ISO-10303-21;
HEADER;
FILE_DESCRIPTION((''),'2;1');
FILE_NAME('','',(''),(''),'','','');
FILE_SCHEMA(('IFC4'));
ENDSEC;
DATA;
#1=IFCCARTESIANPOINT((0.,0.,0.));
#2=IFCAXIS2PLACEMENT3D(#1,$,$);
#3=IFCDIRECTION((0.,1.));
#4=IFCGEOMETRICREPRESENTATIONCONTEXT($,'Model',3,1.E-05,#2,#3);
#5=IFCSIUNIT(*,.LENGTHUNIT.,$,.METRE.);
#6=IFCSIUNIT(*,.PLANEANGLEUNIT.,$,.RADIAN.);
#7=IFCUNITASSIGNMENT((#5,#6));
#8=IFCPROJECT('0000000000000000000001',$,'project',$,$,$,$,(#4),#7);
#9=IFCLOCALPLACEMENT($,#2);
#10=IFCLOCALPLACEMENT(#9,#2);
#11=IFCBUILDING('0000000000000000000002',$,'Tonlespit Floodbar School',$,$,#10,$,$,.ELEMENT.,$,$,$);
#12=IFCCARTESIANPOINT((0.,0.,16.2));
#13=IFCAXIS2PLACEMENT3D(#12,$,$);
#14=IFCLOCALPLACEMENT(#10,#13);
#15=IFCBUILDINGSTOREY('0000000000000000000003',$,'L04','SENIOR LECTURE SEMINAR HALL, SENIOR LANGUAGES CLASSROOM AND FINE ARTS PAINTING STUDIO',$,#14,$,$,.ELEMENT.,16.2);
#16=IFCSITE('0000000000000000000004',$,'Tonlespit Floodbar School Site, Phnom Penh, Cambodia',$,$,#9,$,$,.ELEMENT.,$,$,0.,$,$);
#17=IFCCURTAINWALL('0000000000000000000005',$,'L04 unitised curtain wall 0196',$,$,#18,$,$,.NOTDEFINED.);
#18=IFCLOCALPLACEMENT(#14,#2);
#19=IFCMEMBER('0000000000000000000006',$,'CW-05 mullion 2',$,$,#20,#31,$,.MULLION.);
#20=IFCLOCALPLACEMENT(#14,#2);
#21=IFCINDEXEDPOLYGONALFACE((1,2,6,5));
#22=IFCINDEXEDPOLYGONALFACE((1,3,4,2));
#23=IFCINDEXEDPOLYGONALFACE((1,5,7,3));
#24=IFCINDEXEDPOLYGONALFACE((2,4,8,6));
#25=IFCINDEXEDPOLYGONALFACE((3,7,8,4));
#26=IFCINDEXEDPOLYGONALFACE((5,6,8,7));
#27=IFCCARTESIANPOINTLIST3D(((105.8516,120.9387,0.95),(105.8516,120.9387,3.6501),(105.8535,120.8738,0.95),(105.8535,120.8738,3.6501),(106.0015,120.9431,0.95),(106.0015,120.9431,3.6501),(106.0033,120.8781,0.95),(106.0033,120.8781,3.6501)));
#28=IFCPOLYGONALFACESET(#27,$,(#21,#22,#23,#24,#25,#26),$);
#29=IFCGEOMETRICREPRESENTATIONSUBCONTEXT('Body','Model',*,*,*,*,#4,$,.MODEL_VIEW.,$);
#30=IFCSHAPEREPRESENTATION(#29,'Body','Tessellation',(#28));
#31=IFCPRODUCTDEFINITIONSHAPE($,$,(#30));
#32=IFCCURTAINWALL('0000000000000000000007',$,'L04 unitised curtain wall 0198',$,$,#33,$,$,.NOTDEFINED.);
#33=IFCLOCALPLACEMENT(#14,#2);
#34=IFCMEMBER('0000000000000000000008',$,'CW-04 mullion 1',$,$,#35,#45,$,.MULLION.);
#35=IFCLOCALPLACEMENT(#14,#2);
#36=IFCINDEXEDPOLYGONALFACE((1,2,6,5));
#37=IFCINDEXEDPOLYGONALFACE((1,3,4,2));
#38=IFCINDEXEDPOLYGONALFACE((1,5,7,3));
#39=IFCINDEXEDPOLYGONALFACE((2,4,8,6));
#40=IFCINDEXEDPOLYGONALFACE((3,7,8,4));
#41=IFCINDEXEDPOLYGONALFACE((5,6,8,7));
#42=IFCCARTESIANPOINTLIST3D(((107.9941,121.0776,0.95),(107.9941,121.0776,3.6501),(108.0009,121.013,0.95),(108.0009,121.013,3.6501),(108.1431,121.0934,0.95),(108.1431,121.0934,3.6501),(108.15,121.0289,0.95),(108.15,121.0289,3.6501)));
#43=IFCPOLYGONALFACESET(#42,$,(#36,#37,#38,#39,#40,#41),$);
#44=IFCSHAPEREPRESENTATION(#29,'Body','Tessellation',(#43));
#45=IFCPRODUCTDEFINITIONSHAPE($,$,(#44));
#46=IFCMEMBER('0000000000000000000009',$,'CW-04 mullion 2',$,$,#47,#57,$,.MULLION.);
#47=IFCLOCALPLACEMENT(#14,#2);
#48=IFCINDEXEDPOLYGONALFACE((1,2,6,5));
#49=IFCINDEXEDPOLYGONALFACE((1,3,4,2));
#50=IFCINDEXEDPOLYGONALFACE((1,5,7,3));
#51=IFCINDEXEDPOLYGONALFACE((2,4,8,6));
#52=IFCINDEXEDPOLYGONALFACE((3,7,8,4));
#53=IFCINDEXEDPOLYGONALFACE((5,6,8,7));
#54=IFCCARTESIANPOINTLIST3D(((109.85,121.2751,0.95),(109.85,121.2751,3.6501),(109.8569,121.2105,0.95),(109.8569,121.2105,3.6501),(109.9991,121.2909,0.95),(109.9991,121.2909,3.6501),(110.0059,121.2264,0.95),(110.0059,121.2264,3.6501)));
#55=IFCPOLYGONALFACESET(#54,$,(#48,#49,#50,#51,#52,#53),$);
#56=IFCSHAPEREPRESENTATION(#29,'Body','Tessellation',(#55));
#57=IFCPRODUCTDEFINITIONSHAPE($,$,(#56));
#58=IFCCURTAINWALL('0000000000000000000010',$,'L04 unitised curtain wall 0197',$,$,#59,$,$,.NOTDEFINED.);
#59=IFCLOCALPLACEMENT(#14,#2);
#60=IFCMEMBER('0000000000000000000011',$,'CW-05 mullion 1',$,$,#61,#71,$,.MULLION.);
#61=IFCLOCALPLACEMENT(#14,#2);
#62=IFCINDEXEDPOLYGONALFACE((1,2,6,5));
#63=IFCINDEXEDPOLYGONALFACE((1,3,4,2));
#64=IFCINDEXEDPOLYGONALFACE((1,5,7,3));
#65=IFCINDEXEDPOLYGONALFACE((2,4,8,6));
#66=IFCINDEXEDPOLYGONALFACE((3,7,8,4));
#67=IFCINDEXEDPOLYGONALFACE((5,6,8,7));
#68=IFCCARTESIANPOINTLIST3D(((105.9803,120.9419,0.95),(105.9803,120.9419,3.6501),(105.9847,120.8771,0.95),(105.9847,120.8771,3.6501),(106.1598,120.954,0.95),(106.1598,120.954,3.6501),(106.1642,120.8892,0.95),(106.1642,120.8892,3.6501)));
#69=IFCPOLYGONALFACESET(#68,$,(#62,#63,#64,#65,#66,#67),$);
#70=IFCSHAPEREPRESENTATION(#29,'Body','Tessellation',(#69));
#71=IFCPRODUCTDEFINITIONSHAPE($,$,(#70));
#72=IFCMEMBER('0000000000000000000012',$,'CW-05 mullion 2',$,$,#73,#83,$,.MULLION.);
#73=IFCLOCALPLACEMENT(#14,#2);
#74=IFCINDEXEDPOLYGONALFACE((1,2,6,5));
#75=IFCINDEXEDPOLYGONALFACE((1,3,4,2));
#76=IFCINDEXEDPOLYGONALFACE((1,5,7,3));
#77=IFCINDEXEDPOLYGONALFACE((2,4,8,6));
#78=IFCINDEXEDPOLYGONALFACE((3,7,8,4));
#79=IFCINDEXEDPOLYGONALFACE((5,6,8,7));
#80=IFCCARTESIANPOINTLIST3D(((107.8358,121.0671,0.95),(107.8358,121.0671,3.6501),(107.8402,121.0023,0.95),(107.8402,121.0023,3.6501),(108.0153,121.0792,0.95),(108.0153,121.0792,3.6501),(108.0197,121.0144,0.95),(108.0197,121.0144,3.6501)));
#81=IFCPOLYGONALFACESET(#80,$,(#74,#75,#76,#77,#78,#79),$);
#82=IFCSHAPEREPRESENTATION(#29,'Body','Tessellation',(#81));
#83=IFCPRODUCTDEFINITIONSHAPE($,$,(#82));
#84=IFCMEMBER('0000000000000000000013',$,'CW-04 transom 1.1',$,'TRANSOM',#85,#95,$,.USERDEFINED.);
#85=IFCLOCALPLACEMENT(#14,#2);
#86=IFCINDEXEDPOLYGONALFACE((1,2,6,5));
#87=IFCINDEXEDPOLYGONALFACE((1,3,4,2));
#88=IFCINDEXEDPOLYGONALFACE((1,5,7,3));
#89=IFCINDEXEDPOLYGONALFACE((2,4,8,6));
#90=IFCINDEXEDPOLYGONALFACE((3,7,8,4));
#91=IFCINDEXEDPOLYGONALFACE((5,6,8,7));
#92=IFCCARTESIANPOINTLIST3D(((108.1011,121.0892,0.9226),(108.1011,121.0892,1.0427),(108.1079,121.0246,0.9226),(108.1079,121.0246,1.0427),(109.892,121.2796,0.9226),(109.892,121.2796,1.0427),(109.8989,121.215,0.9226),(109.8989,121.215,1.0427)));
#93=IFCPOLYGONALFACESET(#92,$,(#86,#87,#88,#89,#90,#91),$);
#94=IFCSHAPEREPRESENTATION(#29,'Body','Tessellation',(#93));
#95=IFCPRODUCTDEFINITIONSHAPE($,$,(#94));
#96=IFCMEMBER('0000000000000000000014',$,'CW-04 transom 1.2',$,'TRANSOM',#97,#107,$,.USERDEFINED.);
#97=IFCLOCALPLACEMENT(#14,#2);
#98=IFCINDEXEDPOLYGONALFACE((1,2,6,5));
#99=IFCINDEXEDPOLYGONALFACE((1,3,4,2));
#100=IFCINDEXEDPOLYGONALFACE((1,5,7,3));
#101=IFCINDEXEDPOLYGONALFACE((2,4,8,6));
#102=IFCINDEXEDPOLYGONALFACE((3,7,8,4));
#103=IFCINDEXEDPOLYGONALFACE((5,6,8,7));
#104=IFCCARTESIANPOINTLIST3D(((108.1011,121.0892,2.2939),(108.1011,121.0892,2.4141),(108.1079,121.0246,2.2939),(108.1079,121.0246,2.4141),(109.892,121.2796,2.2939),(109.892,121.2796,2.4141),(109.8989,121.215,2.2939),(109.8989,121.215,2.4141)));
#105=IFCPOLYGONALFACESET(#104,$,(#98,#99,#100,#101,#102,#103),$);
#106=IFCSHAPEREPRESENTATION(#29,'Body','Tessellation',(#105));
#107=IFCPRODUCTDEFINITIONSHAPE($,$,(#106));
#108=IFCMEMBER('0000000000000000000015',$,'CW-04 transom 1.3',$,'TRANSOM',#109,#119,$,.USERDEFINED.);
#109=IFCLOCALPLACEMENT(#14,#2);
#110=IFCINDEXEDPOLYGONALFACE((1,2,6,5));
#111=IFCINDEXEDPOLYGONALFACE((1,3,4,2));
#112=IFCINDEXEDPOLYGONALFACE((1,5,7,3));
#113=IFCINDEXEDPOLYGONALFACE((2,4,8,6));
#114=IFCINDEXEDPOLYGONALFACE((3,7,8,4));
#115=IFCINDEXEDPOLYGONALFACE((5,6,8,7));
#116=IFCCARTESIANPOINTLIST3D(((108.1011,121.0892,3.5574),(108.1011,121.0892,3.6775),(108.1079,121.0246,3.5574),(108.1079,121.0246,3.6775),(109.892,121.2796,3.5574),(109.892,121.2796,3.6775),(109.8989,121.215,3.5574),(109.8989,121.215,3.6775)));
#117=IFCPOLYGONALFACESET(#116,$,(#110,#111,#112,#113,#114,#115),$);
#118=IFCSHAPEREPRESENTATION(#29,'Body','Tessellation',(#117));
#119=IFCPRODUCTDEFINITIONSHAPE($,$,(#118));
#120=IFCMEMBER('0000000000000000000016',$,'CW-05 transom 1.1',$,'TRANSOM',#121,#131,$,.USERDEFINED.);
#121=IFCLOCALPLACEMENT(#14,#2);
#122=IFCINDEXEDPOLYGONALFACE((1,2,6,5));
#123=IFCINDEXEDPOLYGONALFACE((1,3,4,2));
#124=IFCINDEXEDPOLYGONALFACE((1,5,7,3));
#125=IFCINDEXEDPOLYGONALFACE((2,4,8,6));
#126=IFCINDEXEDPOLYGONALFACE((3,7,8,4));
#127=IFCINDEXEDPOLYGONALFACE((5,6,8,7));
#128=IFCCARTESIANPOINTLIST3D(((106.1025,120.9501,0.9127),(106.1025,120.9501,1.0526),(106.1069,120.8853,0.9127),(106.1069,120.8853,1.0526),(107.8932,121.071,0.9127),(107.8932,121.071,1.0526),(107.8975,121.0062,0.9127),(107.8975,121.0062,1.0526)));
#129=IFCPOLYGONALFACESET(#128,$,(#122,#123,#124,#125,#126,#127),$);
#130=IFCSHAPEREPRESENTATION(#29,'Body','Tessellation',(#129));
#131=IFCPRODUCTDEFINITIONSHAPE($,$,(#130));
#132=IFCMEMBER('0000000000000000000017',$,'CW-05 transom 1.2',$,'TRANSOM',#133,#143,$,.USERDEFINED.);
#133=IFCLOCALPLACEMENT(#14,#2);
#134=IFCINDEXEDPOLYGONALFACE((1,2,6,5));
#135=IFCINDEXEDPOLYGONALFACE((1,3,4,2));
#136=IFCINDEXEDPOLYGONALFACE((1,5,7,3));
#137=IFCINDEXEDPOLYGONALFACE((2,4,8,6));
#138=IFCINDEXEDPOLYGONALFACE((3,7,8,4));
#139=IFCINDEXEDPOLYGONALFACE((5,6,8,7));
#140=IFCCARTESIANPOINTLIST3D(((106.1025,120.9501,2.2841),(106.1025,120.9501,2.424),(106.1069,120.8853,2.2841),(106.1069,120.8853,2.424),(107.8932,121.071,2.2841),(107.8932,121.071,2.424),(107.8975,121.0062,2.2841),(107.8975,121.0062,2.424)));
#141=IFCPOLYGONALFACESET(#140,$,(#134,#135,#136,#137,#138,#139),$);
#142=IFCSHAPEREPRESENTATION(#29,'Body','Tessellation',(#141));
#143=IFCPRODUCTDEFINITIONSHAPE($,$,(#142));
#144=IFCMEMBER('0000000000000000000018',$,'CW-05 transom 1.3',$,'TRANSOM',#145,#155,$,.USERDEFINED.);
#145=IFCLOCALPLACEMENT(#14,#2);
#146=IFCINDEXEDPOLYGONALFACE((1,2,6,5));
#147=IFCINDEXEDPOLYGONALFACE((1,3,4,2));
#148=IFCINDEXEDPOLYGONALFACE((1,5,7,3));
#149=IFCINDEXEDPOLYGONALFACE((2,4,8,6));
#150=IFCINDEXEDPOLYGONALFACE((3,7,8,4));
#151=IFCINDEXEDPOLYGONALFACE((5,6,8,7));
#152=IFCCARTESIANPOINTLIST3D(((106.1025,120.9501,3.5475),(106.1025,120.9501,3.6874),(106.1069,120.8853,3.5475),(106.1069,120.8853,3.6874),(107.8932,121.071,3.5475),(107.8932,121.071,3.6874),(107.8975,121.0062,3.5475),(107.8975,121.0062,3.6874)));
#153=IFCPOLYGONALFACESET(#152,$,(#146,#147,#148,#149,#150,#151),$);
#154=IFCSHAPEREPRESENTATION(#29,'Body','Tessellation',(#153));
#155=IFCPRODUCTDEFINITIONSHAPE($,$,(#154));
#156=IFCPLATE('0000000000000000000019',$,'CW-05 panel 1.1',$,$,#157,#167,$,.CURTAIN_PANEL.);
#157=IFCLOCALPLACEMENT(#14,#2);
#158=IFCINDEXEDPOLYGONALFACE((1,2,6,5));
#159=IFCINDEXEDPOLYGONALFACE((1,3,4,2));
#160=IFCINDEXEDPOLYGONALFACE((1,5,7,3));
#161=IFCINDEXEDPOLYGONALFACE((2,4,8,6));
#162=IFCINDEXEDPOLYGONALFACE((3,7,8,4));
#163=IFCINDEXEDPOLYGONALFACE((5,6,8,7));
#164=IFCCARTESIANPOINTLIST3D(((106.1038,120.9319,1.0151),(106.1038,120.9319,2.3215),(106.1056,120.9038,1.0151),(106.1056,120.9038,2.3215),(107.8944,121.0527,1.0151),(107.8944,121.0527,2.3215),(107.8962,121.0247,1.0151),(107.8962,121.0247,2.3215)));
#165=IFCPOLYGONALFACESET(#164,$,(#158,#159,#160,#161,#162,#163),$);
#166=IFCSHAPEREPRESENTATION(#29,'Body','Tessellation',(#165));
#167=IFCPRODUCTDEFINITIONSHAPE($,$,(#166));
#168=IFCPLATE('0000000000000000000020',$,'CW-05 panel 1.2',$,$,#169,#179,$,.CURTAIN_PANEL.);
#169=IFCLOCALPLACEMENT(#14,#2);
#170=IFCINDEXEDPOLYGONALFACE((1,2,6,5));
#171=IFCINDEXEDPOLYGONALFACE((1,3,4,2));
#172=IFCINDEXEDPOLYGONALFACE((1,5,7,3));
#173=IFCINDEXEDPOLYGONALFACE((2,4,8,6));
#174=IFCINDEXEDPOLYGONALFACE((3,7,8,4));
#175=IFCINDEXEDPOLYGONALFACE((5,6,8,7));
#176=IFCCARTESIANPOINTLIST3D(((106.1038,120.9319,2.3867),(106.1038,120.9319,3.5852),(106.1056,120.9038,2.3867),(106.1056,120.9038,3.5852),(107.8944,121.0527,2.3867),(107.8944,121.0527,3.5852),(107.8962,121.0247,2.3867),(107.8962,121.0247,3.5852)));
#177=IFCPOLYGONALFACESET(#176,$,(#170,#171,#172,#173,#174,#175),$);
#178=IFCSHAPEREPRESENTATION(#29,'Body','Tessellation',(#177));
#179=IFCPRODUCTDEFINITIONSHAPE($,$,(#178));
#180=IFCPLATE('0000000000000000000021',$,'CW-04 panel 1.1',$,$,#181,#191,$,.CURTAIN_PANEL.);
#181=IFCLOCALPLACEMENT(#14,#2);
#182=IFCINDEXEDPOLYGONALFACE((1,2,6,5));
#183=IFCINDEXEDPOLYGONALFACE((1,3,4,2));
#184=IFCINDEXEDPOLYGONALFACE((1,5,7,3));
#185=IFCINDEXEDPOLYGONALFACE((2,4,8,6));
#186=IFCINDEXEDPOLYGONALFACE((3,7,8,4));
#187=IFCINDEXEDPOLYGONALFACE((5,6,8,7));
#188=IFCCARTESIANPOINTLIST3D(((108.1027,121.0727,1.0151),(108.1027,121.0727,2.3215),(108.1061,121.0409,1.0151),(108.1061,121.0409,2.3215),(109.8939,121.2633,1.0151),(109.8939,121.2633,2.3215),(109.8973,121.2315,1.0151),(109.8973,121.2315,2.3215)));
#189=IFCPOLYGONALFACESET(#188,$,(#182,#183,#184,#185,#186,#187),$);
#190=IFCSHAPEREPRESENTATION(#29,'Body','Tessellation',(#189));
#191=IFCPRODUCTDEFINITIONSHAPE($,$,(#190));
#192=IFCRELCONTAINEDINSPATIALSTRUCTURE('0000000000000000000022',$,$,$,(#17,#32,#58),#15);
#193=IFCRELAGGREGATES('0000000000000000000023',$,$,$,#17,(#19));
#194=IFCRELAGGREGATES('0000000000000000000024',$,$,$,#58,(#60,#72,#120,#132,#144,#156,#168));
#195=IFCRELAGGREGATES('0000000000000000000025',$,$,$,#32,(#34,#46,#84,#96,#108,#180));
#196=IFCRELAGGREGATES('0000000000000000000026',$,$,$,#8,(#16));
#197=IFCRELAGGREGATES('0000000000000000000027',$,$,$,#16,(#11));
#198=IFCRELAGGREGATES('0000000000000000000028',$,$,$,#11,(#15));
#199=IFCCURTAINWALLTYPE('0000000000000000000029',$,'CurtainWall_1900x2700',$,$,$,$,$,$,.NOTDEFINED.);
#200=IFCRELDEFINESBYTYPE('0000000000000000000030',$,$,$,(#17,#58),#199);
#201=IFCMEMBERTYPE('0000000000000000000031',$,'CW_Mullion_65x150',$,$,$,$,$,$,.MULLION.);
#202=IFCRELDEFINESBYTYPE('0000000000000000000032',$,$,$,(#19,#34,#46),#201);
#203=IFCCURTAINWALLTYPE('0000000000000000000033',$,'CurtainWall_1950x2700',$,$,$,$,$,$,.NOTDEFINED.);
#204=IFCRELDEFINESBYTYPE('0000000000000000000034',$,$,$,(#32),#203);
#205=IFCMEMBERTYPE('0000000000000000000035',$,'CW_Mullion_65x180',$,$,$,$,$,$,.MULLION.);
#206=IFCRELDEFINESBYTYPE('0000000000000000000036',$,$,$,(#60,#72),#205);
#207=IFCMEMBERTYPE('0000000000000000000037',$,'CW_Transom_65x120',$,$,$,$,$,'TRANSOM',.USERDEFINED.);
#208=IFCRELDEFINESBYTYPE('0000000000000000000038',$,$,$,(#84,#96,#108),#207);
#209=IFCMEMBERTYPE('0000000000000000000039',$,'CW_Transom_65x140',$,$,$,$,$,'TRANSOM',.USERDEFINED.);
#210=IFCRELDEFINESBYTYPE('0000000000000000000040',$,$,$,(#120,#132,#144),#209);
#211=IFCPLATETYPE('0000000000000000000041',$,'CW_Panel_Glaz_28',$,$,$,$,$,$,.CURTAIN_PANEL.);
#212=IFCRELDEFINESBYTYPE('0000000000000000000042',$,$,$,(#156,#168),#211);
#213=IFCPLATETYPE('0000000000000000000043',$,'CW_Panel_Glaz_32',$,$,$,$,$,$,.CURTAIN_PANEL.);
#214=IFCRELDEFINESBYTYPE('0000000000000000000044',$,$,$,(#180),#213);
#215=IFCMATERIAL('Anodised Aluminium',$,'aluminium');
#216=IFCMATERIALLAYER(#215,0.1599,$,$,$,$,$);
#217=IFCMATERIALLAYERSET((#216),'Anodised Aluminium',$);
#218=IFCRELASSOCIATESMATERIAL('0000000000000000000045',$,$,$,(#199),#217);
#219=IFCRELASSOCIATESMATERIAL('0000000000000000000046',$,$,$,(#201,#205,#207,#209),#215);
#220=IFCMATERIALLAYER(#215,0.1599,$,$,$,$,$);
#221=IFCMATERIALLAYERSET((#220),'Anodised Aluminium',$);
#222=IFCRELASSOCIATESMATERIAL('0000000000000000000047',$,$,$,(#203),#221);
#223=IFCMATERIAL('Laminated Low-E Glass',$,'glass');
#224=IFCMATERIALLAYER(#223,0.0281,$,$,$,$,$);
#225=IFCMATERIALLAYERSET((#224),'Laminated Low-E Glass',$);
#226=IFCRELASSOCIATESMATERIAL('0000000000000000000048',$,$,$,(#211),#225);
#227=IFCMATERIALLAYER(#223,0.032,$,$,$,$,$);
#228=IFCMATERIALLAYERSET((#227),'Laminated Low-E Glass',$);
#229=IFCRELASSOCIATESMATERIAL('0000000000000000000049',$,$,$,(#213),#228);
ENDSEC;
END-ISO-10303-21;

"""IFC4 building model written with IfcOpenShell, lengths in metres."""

from ifc_helpers import new_model, si_unit, direction, frame, origin, origin_2d, place, context, subcontext, project, spatial, rectangle, extrude, material, layer, layer_set, material_profile, profile_set, type_object, element, aggregate, save


model = new_model("IFC4")

# Units and contexts
model_context = context("Model", 3, precision=1e-05, world=origin(), true_north=direction((0.0, 1.0)))
body_context = subcontext(model_context, "Body", "Model", "MODEL_VIEW")
ifc_project = project(units=[si_unit("LENGTHUNIT", "METRE"), si_unit("PLANEANGLEUNIT", "RADIAN")], contexts=[model_context])

# Site, building, storey
site_placement = place(None, origin())
site = spatial("IfcSite", under=ifc_project, at=site_placement, Name="Tonlespit Floodbar School Site, Phnom Penh, Cambodia", CompositionType="ELEMENT", RefElevation=0.0)
building_placement = place(site_placement, origin())
building = spatial("IfcBuilding", under=site, at=building_placement, Name="Tonlespit Floodbar School", CompositionType="ELEMENT")
storey_placement = place(building_placement, frame((0.0, 0.0, 16.2)))
storey = spatial("IfcBuildingStorey", under=building, at=storey_placement, Name="L04", Description="SENIOR LECTURE SEMINAR HALL, SENIOR LANGUAGES CLASSROOM AND FINE ARTS PAINTING STUDIO", CompositionType="ELEMENT", Elevation=16.2)

# Curtain wall, member
ifc_material_1 = material(Name="Anodised Aluminium", Category="aluminium")
ifc_layer_1 = layer(ifc_material_1, 0.1599)
ifc_layer_set_1 = layer_set([ifc_layer_1], Name="Anodised Aluminium")
curtain_wall_type_1 = type_object("IfcCurtainWallType", Name="CurtainWall_1900x2700", PredefinedType="NOTDEFINED", material=ifc_layer_set_1)
curtain_wall_1_placement = place(storey_placement, origin())
curtain_wall_1 = element("IfcCurtainWall", 1, at=curtain_wall_1_placement, inside=storey, type_object=curtain_wall_type_1, Name="L04 unitised curtain wall 0196", PredefinedType="NOTDEFINED")
ifc_material_profile_1 = material_profile(ifc_material_1, rectangle(XDim=0.0649, YDim=0.1499, at=origin_2d()), Name="ALU M65x150")
ifc_profile_set_1 = profile_set([ifc_material_profile_1], Name="Anodised Aluminium")
member_type_1 = type_object("IfcMemberType", Name="CW_Mullion_65x150", PredefinedType="MULLION", material=ifc_profile_set_1)
member_1_placement = place(storey_placement, frame((105.9275, 120.9084, 0.95), z_axis=(0.0, 0.0, 1.0), x_axis=(-0.02879, 0.999585, 0.0)))
member_1 = element("IfcMember", 2, at=member_1_placement, type_object=member_type_1, Name="CW-05 mullion 2", PredefinedType="MULLION", context=body_context, shape_type="SweptSolid", body=[
    extrude(rectangle(XDim=0.0649, YDim=0.1499, at=origin_2d()), origin(), (0.0, 0.0, 1.0), 2.7002),
])
aggregate(curtain_wall_1, [member_1])

# Curtain walls, members
ifc_layer_2 = layer(ifc_material_1, 0.1599)
ifc_layer_set_2 = layer_set([ifc_layer_2], Name="Anodised Aluminium")
curtain_wall_type_2 = type_object("IfcCurtainWallType", Name="CurtainWall_1950x2700", PredefinedType="NOTDEFINED", material=ifc_layer_set_2)
curtain_wall_2_placement = place(storey_placement, origin())
curtain_wall_2 = element("IfcCurtainWall", 3, at=curtain_wall_2_placement, inside=storey, type_object=curtain_wall_type_2, Name="L04 unitised curtain wall 0198", PredefinedType="NOTDEFINED")
member_2_placement = place(storey_placement, frame((108.072, 121.0532, 0.95), z_axis=(0.0, 0.0, 1.0), x_axis=(-0.105787, 0.994389, 0.0)))
member_2 = element("IfcMember", 4, at=member_2_placement, type_object=member_type_1, Name="CW-04 mullion 1", PredefinedType="MULLION", context=body_context, shape_type="SweptSolid", body=[
    extrude(rectangle(XDim=0.0649, YDim=0.1499, at=origin_2d()), origin(), (0.0, 0.0, 1.0), 2.7002),
])
member_3_placement = place(storey_placement, frame((109.928, 121.2507, 0.95), z_axis=(0.0, 0.0, 1.0), x_axis=(-0.105787, 0.994389, 0.0)))
member_3 = element("IfcMember", 5, at=member_3_placement, type_object=member_type_1, Name="CW-04 mullion 2", PredefinedType="MULLION", context=body_context, shape_type="SweptSolid", body=[
    extrude(rectangle(XDim=0.0649, YDim=0.1499, at=origin_2d()), origin(), (0.0, 0.0, 1.0), 2.7002),
])
curtain_wall_3_placement = place(storey_placement, origin())
curtain_wall_3 = element("IfcCurtainWall", 6, at=curtain_wall_3_placement, inside=storey, type_object=curtain_wall_type_1, Name="L04 unitised curtain wall 0197", PredefinedType="NOTDEFINED")
ifc_material_profile_2 = material_profile(ifc_material_1, rectangle(XDim=0.0649, YDim=0.1799, at=origin_2d()), Name="ALU M65x180")
ifc_profile_set_2 = profile_set([ifc_material_profile_2], Name="Anodised Aluminium")
member_type_2 = type_object("IfcMemberType", Name="CW_Mullion_65x180", PredefinedType="MULLION", material=ifc_profile_set_2)
member_4_placement = place(storey_placement, frame((106.0723, 120.9155, 0.95), z_axis=(0.0, 0.0, 1.0), x_axis=(-0.06734, 0.99773, 0.0)))
member_4 = element("IfcMember", 7, at=member_4_placement, type_object=member_type_2, Name="CW-05 mullion 1", PredefinedType="MULLION", context=body_context, shape_type="SweptSolid", body=[
    extrude(rectangle(XDim=0.0649, YDim=0.1799, at=origin_2d()), origin(), (0.0, 0.0, 1.0), 2.7002),
])
member_5_placement = place(storey_placement, frame((107.9277, 121.0408, 0.95), z_axis=(0.0, 0.0, 1.0), x_axis=(-0.06734, 0.99773, 0.0)))
member_5 = element("IfcMember", 8, at=member_5_placement, type_object=member_type_2, Name="CW-05 mullion 2", PredefinedType="MULLION", context=body_context, shape_type="SweptSolid", body=[
    extrude(rectangle(XDim=0.0649, YDim=0.1799, at=origin_2d()), origin(), (0.0, 0.0, 1.0), 2.7002),
])

# Members
ifc_material_profile_3 = material_profile(ifc_material_1, rectangle(XDim=0.0649, YDim=0.1201, at=origin_2d()), Name="ALU T65x120")
ifc_profile_set_3 = profile_set([ifc_material_profile_3], Name="Anodised Aluminium")
member_type_3 = type_object("IfcMemberType", Name="CW_Transom_65x120", ElementType="TRANSOM", PredefinedType="USERDEFINED", material=ifc_profile_set_3)
member_6_placement = place(storey_placement, frame((108.1045, 121.0569, 0.9827), z_axis=(0.994395, 0.105729, 0.0), x_axis=(-0.105729, 0.994395, 0.0)))
member_6 = element("IfcMember", 9, at=member_6_placement, type_object=member_type_3, Name="CW-04 transom 1.1", ObjectType="TRANSOM", PredefinedType="USERDEFINED", context=body_context, shape_type="SweptSolid", body=[
    extrude(rectangle(XDim=0.0649, YDim=0.1201, at=origin_2d()), origin(), (0.0, 0.0, 1.0), 1.801),
])
member_7_placement = place(storey_placement, frame((108.1045, 121.0569, 2.354), z_axis=(0.994395, 0.105729, 0.0), x_axis=(-0.105729, 0.994395, 0.0)))
member_7 = element("IfcMember", 10, at=member_7_placement, type_object=member_type_3, Name="CW-04 transom 1.2", ObjectType="TRANSOM", PredefinedType="USERDEFINED", context=body_context, shape_type="SweptSolid", body=[
    extrude(rectangle(XDim=0.0649, YDim=0.1201, at=origin_2d()), origin(), (0.0, 0.0, 1.0), 1.801),
])
member_8_placement = place(storey_placement, frame((108.1045, 121.0569, 3.6174), z_axis=(0.994395, 0.105729, 0.0), x_axis=(-0.105729, 0.994395, 0.0)))
member_8 = element("IfcMember", 11, at=member_8_placement, type_object=member_type_3, Name="CW-04 transom 1.3", ObjectType="TRANSOM", PredefinedType="USERDEFINED", context=body_context, shape_type="SweptSolid", body=[
    extrude(rectangle(XDim=0.0649, YDim=0.1201, at=origin_2d()), origin(), (0.0, 0.0, 1.0), 1.801),
])
ifc_material_profile_4 = material_profile(ifc_material_1, rectangle(XDim=0.0649, YDim=0.1399, at=origin_2d()), Name="ALU T65x140")
ifc_profile_set_4 = profile_set([ifc_material_profile_4], Name="Anodised Aluminium")
member_type_4 = type_object("IfcMemberType", Name="CW_Transom_65x140", ElementType="TRANSOM", PredefinedType="USERDEFINED", material=ifc_profile_set_4)
member_9_placement = place(storey_placement, frame((106.1047, 120.9177, 0.9827), z_axis=(0.99773, 0.067341, 0.0), x_axis=(-0.067341, 0.99773, 0.0)))
member_9 = element("IfcMember", 12, at=member_9_placement, type_object=member_type_4, Name="CW-05 transom 1.1", ObjectType="TRANSOM", PredefinedType="USERDEFINED", context=body_context, shape_type="SweptSolid", body=[
    extrude(rectangle(XDim=0.0649, YDim=0.1399, at=origin_2d()), origin(), (0.0, 0.0, 1.0), 1.7947),
])
member_10_placement = place(storey_placement, frame((106.1047, 120.9177, 2.354), z_axis=(0.99773, 0.067341, 0.0), x_axis=(-0.067341, 0.99773, 0.0)))
member_10 = element("IfcMember", 13, at=member_10_placement, type_object=member_type_4, Name="CW-05 transom 1.2", ObjectType="TRANSOM", PredefinedType="USERDEFINED", context=body_context, shape_type="SweptSolid", body=[
    extrude(rectangle(XDim=0.0649, YDim=0.1399, at=origin_2d()), origin(), (0.0, 0.0, 1.0), 1.7947),
])
member_11_placement = place(storey_placement, frame((106.1047, 120.9177, 3.6174), z_axis=(0.99773, 0.067341, 0.0), x_axis=(-0.067341, 0.99773, 0.0)))
member_11 = element("IfcMember", 14, at=member_11_placement, type_object=member_type_4, Name="CW-05 transom 1.3", ObjectType="TRANSOM", PredefinedType="USERDEFINED", context=body_context, shape_type="SweptSolid", body=[
    extrude(rectangle(XDim=0.0649, YDim=0.1399, at=origin_2d()), origin(), (0.0, 0.0, 1.0), 1.7947),
])

# Plates
ifc_material_2 = material(Name="Laminated Low-E Glass", Category="glass")
ifc_layer_3 = layer(ifc_material_2, 0.0281)
ifc_layer_set_3 = layer_set([ifc_layer_3], Name="Laminated Low-E Glass")
plate_type_1 = type_object("IfcPlateType", Name="CW_Panel_Glaz_28", PredefinedType="CURTAIN_PANEL", material=ifc_layer_set_3)
plate_1_placement = place(storey_placement, frame((107.0, 120.9783, 1.0151), z_axis=(0.0, 0.0, 1.0), x_axis=(0.99773, 0.06734, 0.0)))
plate_1 = element("IfcPlate", 15, at=plate_1_placement, type_object=plate_type_1, Name="CW-05 panel 1.1", PredefinedType="CURTAIN_PANEL", context=body_context, shape_type="SweptSolid", body=[
    extrude(rectangle(XDim=1.7947, YDim=0.0281, at=origin_2d()), origin(), (0.0, 0.0, 1.0), 1.3064),
])
plate_2_placement = place(storey_placement, frame((107.0, 120.9783, 2.3867), z_axis=(0.0, 0.0, 1.0), x_axis=(0.99773, 0.06734, 0.0)))
plate_2 = element("IfcPlate", 16, at=plate_2_placement, type_object=plate_type_1, Name="CW-05 panel 1.2", PredefinedType="CURTAIN_PANEL", context=body_context, shape_type="SweptSolid", body=[
    extrude(rectangle(XDim=1.7947, YDim=0.0281, at=origin_2d()), origin(), (0.0, 0.0, 1.0), 1.1985),
])
aggregate(curtain_wall_3, [member_4, member_5, member_9, member_10, member_11, plate_1, plate_2])
ifc_layer_4 = layer(ifc_material_2, 0.032)
ifc_layer_set_4 = layer_set([ifc_layer_4], Name="Laminated Low-E Glass")
plate_type_2 = type_object("IfcPlateType", Name="CW_Panel_Glaz_32", PredefinedType="CURTAIN_PANEL", material=ifc_layer_set_4)
plate_3_placement = place(storey_placement, frame((109.0, 121.1521, 1.0151), z_axis=(0.0, 0.0, 1.0), x_axis=(0.994389, 0.105787, 0.0)))
plate_3 = element("IfcPlate", 17, at=plate_3_placement, type_object=plate_type_2, Name="CW-04 panel 1.1", PredefinedType="CURTAIN_PANEL", context=body_context, shape_type="SweptSolid", body=[
    extrude(rectangle(XDim=1.8013, YDim=0.032, at=origin_2d()), origin(), (0.0, 0.0, 1.0), 1.3064),
])
aggregate(curtain_wall_2, [member_2, member_3, member_6, member_7, member_8, plate_3])

save(model, "model.ifc")
